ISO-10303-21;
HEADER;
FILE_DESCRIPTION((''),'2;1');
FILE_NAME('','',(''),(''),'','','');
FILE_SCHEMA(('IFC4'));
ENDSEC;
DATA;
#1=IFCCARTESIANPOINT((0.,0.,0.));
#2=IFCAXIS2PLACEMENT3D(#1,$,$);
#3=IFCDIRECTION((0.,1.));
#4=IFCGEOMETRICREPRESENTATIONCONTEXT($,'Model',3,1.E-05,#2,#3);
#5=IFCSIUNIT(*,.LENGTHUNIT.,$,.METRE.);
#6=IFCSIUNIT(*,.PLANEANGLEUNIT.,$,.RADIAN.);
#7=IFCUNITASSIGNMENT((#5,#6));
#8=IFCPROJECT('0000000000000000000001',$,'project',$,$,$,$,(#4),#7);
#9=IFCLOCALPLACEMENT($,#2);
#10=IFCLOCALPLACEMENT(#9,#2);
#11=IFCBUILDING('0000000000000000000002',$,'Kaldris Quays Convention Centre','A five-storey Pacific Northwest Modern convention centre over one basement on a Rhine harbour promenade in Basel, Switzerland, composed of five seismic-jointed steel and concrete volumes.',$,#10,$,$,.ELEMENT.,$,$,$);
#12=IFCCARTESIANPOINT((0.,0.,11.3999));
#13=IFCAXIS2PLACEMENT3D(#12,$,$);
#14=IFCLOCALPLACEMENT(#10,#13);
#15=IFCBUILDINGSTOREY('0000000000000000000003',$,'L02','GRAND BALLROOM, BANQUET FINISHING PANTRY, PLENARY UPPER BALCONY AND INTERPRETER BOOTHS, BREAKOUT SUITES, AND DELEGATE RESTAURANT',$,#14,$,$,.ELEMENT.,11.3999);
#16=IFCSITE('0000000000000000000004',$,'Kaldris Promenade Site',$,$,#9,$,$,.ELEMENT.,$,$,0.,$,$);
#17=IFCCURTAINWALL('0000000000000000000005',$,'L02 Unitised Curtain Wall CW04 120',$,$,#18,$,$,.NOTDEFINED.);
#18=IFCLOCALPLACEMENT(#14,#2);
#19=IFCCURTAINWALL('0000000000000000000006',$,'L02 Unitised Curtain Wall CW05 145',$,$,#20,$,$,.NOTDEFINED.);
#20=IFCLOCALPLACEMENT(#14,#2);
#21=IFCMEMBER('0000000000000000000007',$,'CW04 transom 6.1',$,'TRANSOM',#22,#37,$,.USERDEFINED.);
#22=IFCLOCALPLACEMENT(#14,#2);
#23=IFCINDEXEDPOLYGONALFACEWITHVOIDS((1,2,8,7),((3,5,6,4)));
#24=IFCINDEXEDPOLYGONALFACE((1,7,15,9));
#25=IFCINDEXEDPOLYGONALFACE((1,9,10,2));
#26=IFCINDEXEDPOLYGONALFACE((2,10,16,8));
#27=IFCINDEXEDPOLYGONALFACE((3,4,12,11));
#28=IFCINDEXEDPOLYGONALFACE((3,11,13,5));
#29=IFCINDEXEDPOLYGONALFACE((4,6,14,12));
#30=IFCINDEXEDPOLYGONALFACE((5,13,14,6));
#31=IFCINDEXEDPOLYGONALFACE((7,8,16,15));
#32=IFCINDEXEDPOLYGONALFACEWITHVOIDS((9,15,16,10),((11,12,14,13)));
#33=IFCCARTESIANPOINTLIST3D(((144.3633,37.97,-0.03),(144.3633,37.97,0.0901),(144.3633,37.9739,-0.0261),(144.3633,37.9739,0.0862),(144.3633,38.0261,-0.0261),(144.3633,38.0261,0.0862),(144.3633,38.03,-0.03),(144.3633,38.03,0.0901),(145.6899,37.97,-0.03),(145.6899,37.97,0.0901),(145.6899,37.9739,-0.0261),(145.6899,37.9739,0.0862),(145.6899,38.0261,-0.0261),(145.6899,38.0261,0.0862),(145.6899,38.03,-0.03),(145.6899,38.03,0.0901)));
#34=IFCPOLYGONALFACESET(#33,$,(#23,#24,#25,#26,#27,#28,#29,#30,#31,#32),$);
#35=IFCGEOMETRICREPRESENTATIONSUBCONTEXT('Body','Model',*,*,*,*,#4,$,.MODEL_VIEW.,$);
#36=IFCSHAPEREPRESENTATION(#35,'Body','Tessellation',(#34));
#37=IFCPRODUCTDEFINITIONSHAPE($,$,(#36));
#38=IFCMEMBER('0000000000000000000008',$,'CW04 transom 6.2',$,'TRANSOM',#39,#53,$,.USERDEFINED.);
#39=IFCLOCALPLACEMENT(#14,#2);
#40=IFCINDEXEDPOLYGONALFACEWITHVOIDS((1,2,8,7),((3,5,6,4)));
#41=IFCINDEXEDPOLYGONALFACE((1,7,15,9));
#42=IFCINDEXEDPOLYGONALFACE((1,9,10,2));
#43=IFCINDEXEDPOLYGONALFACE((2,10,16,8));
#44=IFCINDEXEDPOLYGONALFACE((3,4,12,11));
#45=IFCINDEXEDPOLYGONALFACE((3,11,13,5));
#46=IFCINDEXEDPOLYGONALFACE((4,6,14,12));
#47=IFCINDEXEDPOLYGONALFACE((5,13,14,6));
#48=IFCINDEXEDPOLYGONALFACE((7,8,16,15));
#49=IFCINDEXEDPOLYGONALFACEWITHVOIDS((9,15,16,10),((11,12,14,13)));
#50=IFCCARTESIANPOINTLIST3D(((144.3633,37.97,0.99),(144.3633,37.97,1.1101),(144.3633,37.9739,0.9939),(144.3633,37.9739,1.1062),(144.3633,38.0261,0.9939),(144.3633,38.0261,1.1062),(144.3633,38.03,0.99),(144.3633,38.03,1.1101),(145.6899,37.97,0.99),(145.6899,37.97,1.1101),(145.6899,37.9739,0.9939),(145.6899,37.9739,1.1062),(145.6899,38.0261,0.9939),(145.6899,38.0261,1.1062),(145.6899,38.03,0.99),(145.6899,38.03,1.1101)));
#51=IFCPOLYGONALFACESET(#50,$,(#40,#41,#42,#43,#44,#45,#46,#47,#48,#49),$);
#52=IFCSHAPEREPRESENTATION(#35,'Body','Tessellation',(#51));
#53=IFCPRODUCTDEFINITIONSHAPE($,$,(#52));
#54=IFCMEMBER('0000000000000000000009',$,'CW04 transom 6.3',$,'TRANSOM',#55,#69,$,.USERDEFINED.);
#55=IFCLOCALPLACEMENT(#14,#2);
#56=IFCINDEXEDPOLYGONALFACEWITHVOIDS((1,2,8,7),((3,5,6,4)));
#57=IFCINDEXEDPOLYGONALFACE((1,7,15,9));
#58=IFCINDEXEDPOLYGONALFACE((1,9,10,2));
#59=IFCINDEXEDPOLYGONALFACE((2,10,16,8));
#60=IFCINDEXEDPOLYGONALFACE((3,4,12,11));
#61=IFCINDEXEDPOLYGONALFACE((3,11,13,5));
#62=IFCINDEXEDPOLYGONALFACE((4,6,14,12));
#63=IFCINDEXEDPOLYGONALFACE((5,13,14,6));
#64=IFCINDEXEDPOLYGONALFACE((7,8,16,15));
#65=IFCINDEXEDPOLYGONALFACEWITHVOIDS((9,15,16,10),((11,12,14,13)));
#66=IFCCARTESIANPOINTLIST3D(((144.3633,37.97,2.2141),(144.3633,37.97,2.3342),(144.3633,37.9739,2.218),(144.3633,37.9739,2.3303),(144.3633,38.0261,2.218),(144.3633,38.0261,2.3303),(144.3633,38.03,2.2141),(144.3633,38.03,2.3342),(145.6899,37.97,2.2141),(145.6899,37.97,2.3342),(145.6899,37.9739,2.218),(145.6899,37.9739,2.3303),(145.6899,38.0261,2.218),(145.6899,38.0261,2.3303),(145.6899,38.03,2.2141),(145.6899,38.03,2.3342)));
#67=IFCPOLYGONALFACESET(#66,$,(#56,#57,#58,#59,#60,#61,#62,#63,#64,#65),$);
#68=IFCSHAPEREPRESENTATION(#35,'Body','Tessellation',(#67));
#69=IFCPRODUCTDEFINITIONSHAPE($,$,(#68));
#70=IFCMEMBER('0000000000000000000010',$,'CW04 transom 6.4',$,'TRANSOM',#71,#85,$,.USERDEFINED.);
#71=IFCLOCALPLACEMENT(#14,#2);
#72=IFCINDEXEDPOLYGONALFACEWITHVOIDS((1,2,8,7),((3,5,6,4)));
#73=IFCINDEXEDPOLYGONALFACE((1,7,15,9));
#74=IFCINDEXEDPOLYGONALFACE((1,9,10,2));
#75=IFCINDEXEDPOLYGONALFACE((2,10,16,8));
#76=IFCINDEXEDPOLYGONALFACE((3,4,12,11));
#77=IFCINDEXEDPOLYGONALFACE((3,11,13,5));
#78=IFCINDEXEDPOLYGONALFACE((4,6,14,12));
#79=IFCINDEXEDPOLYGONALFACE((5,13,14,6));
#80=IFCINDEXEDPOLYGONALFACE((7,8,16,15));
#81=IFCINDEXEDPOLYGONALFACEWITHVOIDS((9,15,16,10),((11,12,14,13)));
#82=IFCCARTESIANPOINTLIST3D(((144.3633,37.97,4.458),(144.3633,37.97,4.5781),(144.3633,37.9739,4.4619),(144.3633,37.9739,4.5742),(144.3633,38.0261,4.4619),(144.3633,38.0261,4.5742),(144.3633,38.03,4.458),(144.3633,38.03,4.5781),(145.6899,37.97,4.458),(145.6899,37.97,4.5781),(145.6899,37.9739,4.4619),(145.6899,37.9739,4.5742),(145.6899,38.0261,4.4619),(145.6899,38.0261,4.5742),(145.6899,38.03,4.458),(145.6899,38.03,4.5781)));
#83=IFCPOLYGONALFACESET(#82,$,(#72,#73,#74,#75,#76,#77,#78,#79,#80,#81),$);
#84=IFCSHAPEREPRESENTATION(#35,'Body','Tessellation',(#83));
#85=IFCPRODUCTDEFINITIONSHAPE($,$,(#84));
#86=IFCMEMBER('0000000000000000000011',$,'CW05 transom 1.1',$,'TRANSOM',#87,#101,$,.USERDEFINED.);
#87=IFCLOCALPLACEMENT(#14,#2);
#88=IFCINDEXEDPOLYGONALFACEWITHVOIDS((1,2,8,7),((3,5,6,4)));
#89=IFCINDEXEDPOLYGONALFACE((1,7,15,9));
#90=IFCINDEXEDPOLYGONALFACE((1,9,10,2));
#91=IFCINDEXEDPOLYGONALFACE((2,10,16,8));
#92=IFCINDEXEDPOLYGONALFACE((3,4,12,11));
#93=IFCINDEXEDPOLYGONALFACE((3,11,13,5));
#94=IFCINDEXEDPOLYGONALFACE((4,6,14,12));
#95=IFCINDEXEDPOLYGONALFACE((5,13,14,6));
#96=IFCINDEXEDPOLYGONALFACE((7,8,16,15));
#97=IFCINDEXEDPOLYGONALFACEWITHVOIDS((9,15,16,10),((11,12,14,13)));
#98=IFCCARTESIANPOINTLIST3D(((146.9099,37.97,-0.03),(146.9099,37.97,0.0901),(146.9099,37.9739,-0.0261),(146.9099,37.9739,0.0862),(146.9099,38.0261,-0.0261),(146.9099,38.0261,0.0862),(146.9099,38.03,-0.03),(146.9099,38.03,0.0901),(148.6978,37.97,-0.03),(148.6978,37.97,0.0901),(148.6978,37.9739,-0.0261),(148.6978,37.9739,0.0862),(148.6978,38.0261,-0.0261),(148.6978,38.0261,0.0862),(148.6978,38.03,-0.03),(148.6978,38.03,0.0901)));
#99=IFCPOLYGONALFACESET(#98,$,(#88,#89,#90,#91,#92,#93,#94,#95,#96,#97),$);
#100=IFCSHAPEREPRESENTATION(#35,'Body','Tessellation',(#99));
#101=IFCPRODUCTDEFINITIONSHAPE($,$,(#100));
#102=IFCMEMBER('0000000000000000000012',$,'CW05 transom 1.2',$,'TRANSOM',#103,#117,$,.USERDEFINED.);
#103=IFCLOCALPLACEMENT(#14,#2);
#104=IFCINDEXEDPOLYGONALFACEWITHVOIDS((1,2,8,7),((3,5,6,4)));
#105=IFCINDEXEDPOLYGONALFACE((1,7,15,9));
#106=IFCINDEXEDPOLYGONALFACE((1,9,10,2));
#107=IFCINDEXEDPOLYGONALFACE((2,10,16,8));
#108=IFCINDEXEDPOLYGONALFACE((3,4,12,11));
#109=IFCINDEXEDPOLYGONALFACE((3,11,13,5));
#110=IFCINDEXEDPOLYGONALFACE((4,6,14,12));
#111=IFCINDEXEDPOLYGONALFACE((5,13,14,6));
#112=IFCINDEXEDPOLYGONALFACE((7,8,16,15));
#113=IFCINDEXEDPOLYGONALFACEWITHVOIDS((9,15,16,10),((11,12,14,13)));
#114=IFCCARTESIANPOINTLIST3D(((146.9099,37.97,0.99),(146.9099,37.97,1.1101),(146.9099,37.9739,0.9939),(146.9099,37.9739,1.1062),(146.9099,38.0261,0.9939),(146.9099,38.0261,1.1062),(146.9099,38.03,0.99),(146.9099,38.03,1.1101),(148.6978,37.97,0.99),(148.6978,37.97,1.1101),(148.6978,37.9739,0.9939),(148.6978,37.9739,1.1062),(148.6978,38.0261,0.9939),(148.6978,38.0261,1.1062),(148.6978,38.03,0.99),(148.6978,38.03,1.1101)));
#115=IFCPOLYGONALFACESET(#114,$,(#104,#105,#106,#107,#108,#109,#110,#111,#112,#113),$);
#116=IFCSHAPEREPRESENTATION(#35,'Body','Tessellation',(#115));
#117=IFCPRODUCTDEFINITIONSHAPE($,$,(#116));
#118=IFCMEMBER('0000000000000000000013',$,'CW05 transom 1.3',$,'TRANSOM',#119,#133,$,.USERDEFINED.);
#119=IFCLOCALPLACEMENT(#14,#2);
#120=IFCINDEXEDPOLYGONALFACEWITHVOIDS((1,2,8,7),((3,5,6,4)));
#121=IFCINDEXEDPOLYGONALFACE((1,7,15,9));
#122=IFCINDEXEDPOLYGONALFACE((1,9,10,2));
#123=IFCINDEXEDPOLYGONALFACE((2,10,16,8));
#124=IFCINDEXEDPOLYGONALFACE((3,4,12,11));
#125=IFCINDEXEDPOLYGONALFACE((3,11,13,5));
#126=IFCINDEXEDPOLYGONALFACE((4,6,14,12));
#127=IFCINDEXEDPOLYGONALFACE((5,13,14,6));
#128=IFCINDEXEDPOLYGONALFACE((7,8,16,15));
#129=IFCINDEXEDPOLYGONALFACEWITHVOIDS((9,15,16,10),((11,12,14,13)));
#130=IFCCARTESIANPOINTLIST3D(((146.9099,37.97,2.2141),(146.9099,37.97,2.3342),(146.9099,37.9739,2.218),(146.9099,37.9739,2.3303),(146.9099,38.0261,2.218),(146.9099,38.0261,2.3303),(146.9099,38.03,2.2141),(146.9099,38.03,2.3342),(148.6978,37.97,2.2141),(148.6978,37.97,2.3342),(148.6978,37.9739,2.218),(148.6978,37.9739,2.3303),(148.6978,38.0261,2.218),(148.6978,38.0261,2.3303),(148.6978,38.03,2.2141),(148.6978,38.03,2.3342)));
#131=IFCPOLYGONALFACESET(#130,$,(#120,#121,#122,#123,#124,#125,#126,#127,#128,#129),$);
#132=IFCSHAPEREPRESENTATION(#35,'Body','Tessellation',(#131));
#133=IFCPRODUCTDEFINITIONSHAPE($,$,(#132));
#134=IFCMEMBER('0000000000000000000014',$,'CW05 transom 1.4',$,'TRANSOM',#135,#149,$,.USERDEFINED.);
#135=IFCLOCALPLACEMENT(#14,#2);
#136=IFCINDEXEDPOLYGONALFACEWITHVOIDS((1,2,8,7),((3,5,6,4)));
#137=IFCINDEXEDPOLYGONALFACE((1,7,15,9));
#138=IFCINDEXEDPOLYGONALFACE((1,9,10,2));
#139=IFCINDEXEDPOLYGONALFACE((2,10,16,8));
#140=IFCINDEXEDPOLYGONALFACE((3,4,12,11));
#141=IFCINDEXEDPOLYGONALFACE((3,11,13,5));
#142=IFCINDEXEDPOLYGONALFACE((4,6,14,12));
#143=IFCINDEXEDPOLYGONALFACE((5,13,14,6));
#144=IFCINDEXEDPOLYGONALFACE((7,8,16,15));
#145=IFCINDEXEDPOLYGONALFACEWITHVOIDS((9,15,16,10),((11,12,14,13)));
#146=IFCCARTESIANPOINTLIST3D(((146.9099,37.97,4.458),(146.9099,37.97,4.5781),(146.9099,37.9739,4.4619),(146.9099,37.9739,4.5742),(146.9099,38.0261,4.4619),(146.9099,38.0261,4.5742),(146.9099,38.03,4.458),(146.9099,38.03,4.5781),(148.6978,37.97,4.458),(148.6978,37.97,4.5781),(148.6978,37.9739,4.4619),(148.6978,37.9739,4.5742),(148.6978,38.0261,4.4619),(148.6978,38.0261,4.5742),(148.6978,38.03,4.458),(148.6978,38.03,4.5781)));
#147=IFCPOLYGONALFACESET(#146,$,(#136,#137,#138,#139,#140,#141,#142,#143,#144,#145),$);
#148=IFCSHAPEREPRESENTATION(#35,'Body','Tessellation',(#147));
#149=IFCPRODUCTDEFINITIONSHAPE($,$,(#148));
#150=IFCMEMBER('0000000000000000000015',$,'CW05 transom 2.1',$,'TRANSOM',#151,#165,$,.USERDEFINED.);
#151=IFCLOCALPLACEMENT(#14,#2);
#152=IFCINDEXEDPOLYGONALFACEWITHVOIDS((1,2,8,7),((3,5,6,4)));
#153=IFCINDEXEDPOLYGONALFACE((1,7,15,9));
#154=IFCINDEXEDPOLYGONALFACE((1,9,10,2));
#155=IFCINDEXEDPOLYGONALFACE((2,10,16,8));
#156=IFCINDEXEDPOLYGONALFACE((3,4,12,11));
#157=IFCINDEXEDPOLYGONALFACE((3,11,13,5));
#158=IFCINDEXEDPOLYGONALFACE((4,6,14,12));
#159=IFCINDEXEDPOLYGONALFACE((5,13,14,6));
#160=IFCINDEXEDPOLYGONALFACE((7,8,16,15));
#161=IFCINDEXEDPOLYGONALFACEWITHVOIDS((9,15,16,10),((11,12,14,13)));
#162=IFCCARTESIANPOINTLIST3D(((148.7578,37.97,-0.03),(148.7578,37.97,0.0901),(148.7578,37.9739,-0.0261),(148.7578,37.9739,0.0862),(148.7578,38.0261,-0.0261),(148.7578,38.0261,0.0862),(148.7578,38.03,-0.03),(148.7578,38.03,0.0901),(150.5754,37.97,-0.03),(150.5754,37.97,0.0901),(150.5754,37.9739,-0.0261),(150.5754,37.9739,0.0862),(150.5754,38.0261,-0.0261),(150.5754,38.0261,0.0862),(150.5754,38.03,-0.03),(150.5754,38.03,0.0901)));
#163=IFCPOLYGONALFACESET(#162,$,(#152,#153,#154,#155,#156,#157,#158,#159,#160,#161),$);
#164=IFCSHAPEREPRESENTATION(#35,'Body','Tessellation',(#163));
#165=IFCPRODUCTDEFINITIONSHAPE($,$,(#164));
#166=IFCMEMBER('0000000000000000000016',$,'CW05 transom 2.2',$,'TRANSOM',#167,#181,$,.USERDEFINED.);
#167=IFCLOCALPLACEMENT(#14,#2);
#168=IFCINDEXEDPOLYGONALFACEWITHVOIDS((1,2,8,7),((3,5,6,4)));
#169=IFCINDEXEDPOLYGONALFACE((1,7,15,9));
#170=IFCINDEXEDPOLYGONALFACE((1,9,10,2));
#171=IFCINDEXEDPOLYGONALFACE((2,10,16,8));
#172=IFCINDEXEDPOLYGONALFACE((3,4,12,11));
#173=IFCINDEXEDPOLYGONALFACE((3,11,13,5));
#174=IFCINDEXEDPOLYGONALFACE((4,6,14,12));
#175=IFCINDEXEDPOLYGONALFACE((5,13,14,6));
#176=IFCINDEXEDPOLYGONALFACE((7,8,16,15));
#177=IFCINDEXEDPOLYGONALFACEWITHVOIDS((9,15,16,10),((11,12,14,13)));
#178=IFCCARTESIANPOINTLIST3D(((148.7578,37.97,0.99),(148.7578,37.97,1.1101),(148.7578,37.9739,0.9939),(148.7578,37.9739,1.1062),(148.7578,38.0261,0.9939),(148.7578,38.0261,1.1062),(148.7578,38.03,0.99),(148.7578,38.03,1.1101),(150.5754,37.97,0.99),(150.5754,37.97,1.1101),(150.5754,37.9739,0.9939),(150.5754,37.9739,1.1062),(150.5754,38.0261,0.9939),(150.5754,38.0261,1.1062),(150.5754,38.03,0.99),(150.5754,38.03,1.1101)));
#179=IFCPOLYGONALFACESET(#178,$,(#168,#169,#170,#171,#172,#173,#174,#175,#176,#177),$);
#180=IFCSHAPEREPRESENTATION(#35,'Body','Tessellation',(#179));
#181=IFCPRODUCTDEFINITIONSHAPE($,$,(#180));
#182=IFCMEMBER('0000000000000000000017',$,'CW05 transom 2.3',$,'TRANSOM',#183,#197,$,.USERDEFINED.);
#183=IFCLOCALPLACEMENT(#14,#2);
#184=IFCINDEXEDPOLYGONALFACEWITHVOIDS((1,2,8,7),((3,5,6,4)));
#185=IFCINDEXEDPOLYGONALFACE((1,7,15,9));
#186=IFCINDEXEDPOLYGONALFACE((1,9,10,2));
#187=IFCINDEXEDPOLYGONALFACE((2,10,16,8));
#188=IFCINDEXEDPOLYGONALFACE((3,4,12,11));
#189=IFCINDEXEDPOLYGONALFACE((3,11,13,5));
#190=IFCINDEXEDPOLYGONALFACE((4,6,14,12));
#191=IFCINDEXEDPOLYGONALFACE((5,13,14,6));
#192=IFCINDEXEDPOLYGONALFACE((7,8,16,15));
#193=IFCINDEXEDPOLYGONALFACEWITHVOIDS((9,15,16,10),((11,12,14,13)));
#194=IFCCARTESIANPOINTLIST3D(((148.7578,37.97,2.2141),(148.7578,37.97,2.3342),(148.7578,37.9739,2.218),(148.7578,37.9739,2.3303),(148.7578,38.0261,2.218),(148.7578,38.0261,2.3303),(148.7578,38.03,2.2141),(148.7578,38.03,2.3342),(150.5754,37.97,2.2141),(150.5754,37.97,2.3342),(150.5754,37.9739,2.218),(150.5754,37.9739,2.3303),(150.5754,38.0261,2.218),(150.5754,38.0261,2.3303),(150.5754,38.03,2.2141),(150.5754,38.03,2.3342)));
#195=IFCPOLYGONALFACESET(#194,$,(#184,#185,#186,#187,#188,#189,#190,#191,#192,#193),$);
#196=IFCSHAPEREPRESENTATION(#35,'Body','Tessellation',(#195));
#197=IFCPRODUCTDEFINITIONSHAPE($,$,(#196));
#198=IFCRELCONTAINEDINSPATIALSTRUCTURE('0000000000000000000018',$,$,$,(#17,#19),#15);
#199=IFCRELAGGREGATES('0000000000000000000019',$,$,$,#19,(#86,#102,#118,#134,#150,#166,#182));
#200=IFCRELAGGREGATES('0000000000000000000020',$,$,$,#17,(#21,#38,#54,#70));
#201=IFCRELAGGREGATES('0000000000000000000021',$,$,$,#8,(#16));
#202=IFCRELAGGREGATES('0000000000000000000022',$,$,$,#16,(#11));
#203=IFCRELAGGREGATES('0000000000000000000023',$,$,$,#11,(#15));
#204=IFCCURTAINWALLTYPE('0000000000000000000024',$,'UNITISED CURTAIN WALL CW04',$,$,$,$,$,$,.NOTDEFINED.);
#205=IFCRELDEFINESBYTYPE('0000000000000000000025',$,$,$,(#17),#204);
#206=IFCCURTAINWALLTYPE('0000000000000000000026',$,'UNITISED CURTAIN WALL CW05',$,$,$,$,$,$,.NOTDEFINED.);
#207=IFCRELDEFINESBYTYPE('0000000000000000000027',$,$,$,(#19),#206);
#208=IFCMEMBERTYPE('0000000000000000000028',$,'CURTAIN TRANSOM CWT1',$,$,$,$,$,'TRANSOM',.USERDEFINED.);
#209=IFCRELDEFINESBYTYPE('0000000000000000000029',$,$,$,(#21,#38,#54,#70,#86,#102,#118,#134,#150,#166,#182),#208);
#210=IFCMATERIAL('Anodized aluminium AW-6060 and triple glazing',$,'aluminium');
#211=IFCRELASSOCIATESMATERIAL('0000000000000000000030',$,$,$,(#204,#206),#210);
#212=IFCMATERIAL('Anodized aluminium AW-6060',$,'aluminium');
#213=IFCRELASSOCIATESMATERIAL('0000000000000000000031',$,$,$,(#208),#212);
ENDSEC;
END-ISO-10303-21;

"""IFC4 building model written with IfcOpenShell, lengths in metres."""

from ifc_helpers import new_model, si_unit, direction, frame, origin, origin_2d, place, context, subcontext, project, spatial, hollow_rectangle, extrude, material, material_profile, profile_set, type_object, element, aggregate, save


model = new_model("IFC4")

# Units and contexts
model_context = context("Model", 3, precision=1e-05, world=origin(), true_north=direction((0.0, 1.0)))
body_context = subcontext(model_context, "Body", "Model", "MODEL_VIEW")
ifc_project = project(units=[si_unit("LENGTHUNIT", "METRE"), si_unit("PLANEANGLEUNIT", "RADIAN")], contexts=[model_context])

# Site, building, storey
site_placement = place(None, origin())
site = spatial("IfcSite", under=ifc_project, at=site_placement, Name="Kaldris Promenade Site", CompositionType="ELEMENT", RefElevation=0.0)
building_placement = place(site_placement, origin())
building = spatial("IfcBuilding", under=site, at=building_placement, Name="Kaldris Quays Convention Centre", Description="A five-storey Pacific Northwest Modern convention centre over one basement on a Rhine harbour promenade in Basel, Switzerland, composed of five seismic-jointed steel and concrete volumes.", CompositionType="ELEMENT")
storey_placement = place(building_placement, frame((0.0, 0.0, 11.3999)))
storey = spatial("IfcBuildingStorey", under=building, at=storey_placement, Name="L02", Description="GRAND BALLROOM, BANQUET FINISHING PANTRY, PLENARY UPPER BALCONY AND INTERPRETER BOOTHS, BREAKOUT SUITES, AND DELEGATE RESTAURANT", CompositionType="ELEMENT", Elevation=11.3999)

# Curtain walls
ifc_material_1 = material(Name="Anodized aluminium AW-6060 and triple glazing", Category="aluminium")
curtain_wall_type_1 = type_object("IfcCurtainWallType", Name="UNITISED CURTAIN WALL CW04", PredefinedType="NOTDEFINED", material=ifc_material_1)
curtain_wall_1_placement = place(storey_placement, origin())
curtain_wall_1 = element("IfcCurtainWall", 1, at=curtain_wall_1_placement, inside=storey, type_object=curtain_wall_type_1, Name="L02 Unitised Curtain Wall CW04 120", PredefinedType="NOTDEFINED")
ifc_material_2 = material(Name="Anodized aluminium AW-6060", Category="aluminium")
curtain_wall_type_2 = type_object("IfcCurtainWallType", Name="UNITISED CURTAIN WALL CW05", PredefinedType="NOTDEFINED", material=ifc_material_1)
curtain_wall_2_placement = place(storey_placement, origin())
curtain_wall_2 = element("IfcCurtainWall", 2, at=curtain_wall_2_placement, inside=storey, type_object=curtain_wall_type_2, Name="L02 Unitised Curtain Wall CW05 145", PredefinedType="NOTDEFINED")

# Members
ifc_material_profile_1 = material_profile(ifc_material_2, hollow_rectangle(XDim=0.0601, YDim=0.1201, WallThickness=0.0039, at=origin_2d()), Name="RHS 120x60x4")
ifc_profile_set_1 = profile_set([ifc_material_profile_1], Name="Anodized aluminium AW-6060")
member_type_1 = type_object("IfcMemberType", Name="CURTAIN TRANSOM CWT1", ElementType="TRANSOM", PredefinedType="USERDEFINED", material=ifc_profile_set_1)
member_1_placement = place(storey_placement, frame((144.3633, 38.0, 0.03), z_axis=(1.0, 0.0, 0.0), x_axis=(0.0, 1.0, 0.0)))
member_1 = element("IfcMember", 3, at=member_1_placement, type_object=member_type_1, Name="CW04 transom 6.1", ObjectType="TRANSOM", PredefinedType="USERDEFINED", context=body_context, shape_type="SweptSolid", body=[
    extrude(hollow_rectangle(XDim=0.0601, YDim=0.1201, WallThickness=0.0039, at=origin_2d()), origin(), (0.0, 0.0, 1.0), 1.3267),
])
member_2_placement = place(storey_placement, frame((144.3633, 38.0, 1.05), z_axis=(1.0, 0.0, 0.0), x_axis=(0.0, 1.0, 0.0)))
member_2 = element("IfcMember", 4, at=member_2_placement, type_object=member_type_1, Name="CW04 transom 6.2", ObjectType="TRANSOM", PredefinedType="USERDEFINED", context=body_context, shape_type="SweptSolid", body=[
    extrude(hollow_rectangle(XDim=0.0601, YDim=0.1201, WallThickness=0.0039, at=origin_2d()), origin(), (0.0, 0.0, 1.0), 1.3267),
])
member_3_placement = place(storey_placement, frame((144.3633, 38.0, 2.2742), z_axis=(1.0, 0.0, 0.0), x_axis=(0.0, 1.0, 0.0)))
member_3 = element("IfcMember", 5, at=member_3_placement, type_object=member_type_1, Name="CW04 transom 6.3", ObjectType="TRANSOM", PredefinedType="USERDEFINED", context=body_context, shape_type="SweptSolid", body=[
    extrude(hollow_rectangle(XDim=0.0601, YDim=0.1201, WallThickness=0.0039, at=origin_2d()), origin(), (0.0, 0.0, 1.0), 1.3267),
])
member_4_placement = place(storey_placement, frame((144.3633, 38.0, 4.5181), z_axis=(1.0, 0.0, 0.0), x_axis=(0.0, 1.0, 0.0)))
member_4 = element("IfcMember", 6, at=member_4_placement, type_object=member_type_1, Name="CW04 transom 6.4", ObjectType="TRANSOM", PredefinedType="USERDEFINED", context=body_context, shape_type="SweptSolid", body=[
    extrude(hollow_rectangle(XDim=0.0601, YDim=0.1201, WallThickness=0.0039, at=origin_2d()), origin(), (0.0, 0.0, 1.0), 1.3267),
])
member_5_placement = place(storey_placement, frame((146.9099, 38.0, 0.03), z_axis=(1.0, 0.0, 0.0), x_axis=(0.0, 1.0, 0.0)))
member_5 = element("IfcMember", 7, at=member_5_placement, type_object=member_type_1, Name="CW05 transom 1.1", ObjectType="TRANSOM", PredefinedType="USERDEFINED", context=body_context, shape_type="SweptSolid", body=[
    extrude(hollow_rectangle(XDim=0.0601, YDim=0.1201, WallThickness=0.0039, at=origin_2d()), origin(), (0.0, 0.0, 1.0), 1.7878),
])
member_6_placement = place(storey_placement, frame((146.9099, 38.0, 1.05), z_axis=(1.0, 0.0, 0.0), x_axis=(0.0, 1.0, 0.0)))
member_6 = element("IfcMember", 8, at=member_6_placement, type_object=member_type_1, Name="CW05 transom 1.2", ObjectType="TRANSOM", PredefinedType="USERDEFINED", context=body_context, shape_type="SweptSolid", body=[
    extrude(hollow_rectangle(XDim=0.0601, YDim=0.1201, WallThickness=0.0039, at=origin_2d()), origin(), (0.0, 0.0, 1.0), 1.7878),
])
member_7_placement = place(storey_placement, frame((146.9099, 38.0, 2.2742), z_axis=(1.0, 0.0, 0.0), x_axis=(0.0, 1.0, 0.0)))
member_7 = element("IfcMember", 9, at=member_7_placement, type_object=member_type_1, Name="CW05 transom 1.3", ObjectType="TRANSOM", PredefinedType="USERDEFINED", context=body_context, shape_type="SweptSolid", body=[
    extrude(hollow_rectangle(XDim=0.0601, YDim=0.1201, WallThickness=0.0039, at=origin_2d()), origin(), (0.0, 0.0, 1.0), 1.7878),
])
member_8_placement = place(storey_placement, frame((146.9099, 38.0, 4.5181), z_axis=(1.0, 0.0, 0.0), x_axis=(0.0, 1.0, 0.0)))
member_8 = element("IfcMember", 10, at=member_8_placement, type_object=member_type_1, Name="CW05 transom 1.4", ObjectType="TRANSOM", PredefinedType="USERDEFINED", context=body_context, shape_type="SweptSolid", body=[
    extrude(hollow_rectangle(XDim=0.0601, YDim=0.1201, WallThickness=0.0039, at=origin_2d()), origin(), (0.0, 0.0, 1.0), 1.7878),
])
member_9_placement = place(storey_placement, frame((148.7578, 38.0, 0.03), z_axis=(1.0, 0.0, 0.0), x_axis=(0.0, 1.0, 0.0)))
member_9 = element("IfcMember", 11, at=member_9_placement, type_object=member_type_1, Name="CW05 transom 2.1", ObjectType="TRANSOM", PredefinedType="USERDEFINED", context=body_context, shape_type="SweptSolid", body=[
    extrude(hollow_rectangle(XDim=0.0601, YDim=0.1201, WallThickness=0.0039, at=origin_2d()), origin(), (0.0, 0.0, 1.0), 1.8176),
])
member_10_placement = place(storey_placement, frame((148.7578, 38.0, 1.05), z_axis=(1.0, 0.0, 0.0), x_axis=(0.0, 1.0, 0.0)))
member_10 = element("IfcMember", 12, at=member_10_placement, type_object=member_type_1, Name="CW05 transom 2.2", ObjectType="TRANSOM", PredefinedType="USERDEFINED", context=body_context, shape_type="SweptSolid", body=[
    extrude(hollow_rectangle(XDim=0.0601, YDim=0.1201, WallThickness=0.0039, at=origin_2d()), origin(), (0.0, 0.0, 1.0), 1.8176),
])
member_11_placement = place(storey_placement, frame((148.7578, 38.0, 2.2742), z_axis=(1.0, 0.0, 0.0), x_axis=(0.0, 1.0, 0.0)))
member_11 = element("IfcMember", 13, at=member_11_placement, type_object=member_type_1, Name="CW05 transom 2.3", ObjectType="TRANSOM", PredefinedType="USERDEFINED", context=body_context, shape_type="SweptSolid", body=[
    extrude(hollow_rectangle(XDim=0.0601, YDim=0.1201, WallThickness=0.0039, at=origin_2d()), origin(), (0.0, 0.0, 1.0), 1.8176),
])

aggregate(curtain_wall_2, [member_5, member_6, member_7, member_8, member_9, member_10, member_11])
aggregate(curtain_wall_1, [member_1, member_2, member_3, member_4])

save(model, "model.ifc")
